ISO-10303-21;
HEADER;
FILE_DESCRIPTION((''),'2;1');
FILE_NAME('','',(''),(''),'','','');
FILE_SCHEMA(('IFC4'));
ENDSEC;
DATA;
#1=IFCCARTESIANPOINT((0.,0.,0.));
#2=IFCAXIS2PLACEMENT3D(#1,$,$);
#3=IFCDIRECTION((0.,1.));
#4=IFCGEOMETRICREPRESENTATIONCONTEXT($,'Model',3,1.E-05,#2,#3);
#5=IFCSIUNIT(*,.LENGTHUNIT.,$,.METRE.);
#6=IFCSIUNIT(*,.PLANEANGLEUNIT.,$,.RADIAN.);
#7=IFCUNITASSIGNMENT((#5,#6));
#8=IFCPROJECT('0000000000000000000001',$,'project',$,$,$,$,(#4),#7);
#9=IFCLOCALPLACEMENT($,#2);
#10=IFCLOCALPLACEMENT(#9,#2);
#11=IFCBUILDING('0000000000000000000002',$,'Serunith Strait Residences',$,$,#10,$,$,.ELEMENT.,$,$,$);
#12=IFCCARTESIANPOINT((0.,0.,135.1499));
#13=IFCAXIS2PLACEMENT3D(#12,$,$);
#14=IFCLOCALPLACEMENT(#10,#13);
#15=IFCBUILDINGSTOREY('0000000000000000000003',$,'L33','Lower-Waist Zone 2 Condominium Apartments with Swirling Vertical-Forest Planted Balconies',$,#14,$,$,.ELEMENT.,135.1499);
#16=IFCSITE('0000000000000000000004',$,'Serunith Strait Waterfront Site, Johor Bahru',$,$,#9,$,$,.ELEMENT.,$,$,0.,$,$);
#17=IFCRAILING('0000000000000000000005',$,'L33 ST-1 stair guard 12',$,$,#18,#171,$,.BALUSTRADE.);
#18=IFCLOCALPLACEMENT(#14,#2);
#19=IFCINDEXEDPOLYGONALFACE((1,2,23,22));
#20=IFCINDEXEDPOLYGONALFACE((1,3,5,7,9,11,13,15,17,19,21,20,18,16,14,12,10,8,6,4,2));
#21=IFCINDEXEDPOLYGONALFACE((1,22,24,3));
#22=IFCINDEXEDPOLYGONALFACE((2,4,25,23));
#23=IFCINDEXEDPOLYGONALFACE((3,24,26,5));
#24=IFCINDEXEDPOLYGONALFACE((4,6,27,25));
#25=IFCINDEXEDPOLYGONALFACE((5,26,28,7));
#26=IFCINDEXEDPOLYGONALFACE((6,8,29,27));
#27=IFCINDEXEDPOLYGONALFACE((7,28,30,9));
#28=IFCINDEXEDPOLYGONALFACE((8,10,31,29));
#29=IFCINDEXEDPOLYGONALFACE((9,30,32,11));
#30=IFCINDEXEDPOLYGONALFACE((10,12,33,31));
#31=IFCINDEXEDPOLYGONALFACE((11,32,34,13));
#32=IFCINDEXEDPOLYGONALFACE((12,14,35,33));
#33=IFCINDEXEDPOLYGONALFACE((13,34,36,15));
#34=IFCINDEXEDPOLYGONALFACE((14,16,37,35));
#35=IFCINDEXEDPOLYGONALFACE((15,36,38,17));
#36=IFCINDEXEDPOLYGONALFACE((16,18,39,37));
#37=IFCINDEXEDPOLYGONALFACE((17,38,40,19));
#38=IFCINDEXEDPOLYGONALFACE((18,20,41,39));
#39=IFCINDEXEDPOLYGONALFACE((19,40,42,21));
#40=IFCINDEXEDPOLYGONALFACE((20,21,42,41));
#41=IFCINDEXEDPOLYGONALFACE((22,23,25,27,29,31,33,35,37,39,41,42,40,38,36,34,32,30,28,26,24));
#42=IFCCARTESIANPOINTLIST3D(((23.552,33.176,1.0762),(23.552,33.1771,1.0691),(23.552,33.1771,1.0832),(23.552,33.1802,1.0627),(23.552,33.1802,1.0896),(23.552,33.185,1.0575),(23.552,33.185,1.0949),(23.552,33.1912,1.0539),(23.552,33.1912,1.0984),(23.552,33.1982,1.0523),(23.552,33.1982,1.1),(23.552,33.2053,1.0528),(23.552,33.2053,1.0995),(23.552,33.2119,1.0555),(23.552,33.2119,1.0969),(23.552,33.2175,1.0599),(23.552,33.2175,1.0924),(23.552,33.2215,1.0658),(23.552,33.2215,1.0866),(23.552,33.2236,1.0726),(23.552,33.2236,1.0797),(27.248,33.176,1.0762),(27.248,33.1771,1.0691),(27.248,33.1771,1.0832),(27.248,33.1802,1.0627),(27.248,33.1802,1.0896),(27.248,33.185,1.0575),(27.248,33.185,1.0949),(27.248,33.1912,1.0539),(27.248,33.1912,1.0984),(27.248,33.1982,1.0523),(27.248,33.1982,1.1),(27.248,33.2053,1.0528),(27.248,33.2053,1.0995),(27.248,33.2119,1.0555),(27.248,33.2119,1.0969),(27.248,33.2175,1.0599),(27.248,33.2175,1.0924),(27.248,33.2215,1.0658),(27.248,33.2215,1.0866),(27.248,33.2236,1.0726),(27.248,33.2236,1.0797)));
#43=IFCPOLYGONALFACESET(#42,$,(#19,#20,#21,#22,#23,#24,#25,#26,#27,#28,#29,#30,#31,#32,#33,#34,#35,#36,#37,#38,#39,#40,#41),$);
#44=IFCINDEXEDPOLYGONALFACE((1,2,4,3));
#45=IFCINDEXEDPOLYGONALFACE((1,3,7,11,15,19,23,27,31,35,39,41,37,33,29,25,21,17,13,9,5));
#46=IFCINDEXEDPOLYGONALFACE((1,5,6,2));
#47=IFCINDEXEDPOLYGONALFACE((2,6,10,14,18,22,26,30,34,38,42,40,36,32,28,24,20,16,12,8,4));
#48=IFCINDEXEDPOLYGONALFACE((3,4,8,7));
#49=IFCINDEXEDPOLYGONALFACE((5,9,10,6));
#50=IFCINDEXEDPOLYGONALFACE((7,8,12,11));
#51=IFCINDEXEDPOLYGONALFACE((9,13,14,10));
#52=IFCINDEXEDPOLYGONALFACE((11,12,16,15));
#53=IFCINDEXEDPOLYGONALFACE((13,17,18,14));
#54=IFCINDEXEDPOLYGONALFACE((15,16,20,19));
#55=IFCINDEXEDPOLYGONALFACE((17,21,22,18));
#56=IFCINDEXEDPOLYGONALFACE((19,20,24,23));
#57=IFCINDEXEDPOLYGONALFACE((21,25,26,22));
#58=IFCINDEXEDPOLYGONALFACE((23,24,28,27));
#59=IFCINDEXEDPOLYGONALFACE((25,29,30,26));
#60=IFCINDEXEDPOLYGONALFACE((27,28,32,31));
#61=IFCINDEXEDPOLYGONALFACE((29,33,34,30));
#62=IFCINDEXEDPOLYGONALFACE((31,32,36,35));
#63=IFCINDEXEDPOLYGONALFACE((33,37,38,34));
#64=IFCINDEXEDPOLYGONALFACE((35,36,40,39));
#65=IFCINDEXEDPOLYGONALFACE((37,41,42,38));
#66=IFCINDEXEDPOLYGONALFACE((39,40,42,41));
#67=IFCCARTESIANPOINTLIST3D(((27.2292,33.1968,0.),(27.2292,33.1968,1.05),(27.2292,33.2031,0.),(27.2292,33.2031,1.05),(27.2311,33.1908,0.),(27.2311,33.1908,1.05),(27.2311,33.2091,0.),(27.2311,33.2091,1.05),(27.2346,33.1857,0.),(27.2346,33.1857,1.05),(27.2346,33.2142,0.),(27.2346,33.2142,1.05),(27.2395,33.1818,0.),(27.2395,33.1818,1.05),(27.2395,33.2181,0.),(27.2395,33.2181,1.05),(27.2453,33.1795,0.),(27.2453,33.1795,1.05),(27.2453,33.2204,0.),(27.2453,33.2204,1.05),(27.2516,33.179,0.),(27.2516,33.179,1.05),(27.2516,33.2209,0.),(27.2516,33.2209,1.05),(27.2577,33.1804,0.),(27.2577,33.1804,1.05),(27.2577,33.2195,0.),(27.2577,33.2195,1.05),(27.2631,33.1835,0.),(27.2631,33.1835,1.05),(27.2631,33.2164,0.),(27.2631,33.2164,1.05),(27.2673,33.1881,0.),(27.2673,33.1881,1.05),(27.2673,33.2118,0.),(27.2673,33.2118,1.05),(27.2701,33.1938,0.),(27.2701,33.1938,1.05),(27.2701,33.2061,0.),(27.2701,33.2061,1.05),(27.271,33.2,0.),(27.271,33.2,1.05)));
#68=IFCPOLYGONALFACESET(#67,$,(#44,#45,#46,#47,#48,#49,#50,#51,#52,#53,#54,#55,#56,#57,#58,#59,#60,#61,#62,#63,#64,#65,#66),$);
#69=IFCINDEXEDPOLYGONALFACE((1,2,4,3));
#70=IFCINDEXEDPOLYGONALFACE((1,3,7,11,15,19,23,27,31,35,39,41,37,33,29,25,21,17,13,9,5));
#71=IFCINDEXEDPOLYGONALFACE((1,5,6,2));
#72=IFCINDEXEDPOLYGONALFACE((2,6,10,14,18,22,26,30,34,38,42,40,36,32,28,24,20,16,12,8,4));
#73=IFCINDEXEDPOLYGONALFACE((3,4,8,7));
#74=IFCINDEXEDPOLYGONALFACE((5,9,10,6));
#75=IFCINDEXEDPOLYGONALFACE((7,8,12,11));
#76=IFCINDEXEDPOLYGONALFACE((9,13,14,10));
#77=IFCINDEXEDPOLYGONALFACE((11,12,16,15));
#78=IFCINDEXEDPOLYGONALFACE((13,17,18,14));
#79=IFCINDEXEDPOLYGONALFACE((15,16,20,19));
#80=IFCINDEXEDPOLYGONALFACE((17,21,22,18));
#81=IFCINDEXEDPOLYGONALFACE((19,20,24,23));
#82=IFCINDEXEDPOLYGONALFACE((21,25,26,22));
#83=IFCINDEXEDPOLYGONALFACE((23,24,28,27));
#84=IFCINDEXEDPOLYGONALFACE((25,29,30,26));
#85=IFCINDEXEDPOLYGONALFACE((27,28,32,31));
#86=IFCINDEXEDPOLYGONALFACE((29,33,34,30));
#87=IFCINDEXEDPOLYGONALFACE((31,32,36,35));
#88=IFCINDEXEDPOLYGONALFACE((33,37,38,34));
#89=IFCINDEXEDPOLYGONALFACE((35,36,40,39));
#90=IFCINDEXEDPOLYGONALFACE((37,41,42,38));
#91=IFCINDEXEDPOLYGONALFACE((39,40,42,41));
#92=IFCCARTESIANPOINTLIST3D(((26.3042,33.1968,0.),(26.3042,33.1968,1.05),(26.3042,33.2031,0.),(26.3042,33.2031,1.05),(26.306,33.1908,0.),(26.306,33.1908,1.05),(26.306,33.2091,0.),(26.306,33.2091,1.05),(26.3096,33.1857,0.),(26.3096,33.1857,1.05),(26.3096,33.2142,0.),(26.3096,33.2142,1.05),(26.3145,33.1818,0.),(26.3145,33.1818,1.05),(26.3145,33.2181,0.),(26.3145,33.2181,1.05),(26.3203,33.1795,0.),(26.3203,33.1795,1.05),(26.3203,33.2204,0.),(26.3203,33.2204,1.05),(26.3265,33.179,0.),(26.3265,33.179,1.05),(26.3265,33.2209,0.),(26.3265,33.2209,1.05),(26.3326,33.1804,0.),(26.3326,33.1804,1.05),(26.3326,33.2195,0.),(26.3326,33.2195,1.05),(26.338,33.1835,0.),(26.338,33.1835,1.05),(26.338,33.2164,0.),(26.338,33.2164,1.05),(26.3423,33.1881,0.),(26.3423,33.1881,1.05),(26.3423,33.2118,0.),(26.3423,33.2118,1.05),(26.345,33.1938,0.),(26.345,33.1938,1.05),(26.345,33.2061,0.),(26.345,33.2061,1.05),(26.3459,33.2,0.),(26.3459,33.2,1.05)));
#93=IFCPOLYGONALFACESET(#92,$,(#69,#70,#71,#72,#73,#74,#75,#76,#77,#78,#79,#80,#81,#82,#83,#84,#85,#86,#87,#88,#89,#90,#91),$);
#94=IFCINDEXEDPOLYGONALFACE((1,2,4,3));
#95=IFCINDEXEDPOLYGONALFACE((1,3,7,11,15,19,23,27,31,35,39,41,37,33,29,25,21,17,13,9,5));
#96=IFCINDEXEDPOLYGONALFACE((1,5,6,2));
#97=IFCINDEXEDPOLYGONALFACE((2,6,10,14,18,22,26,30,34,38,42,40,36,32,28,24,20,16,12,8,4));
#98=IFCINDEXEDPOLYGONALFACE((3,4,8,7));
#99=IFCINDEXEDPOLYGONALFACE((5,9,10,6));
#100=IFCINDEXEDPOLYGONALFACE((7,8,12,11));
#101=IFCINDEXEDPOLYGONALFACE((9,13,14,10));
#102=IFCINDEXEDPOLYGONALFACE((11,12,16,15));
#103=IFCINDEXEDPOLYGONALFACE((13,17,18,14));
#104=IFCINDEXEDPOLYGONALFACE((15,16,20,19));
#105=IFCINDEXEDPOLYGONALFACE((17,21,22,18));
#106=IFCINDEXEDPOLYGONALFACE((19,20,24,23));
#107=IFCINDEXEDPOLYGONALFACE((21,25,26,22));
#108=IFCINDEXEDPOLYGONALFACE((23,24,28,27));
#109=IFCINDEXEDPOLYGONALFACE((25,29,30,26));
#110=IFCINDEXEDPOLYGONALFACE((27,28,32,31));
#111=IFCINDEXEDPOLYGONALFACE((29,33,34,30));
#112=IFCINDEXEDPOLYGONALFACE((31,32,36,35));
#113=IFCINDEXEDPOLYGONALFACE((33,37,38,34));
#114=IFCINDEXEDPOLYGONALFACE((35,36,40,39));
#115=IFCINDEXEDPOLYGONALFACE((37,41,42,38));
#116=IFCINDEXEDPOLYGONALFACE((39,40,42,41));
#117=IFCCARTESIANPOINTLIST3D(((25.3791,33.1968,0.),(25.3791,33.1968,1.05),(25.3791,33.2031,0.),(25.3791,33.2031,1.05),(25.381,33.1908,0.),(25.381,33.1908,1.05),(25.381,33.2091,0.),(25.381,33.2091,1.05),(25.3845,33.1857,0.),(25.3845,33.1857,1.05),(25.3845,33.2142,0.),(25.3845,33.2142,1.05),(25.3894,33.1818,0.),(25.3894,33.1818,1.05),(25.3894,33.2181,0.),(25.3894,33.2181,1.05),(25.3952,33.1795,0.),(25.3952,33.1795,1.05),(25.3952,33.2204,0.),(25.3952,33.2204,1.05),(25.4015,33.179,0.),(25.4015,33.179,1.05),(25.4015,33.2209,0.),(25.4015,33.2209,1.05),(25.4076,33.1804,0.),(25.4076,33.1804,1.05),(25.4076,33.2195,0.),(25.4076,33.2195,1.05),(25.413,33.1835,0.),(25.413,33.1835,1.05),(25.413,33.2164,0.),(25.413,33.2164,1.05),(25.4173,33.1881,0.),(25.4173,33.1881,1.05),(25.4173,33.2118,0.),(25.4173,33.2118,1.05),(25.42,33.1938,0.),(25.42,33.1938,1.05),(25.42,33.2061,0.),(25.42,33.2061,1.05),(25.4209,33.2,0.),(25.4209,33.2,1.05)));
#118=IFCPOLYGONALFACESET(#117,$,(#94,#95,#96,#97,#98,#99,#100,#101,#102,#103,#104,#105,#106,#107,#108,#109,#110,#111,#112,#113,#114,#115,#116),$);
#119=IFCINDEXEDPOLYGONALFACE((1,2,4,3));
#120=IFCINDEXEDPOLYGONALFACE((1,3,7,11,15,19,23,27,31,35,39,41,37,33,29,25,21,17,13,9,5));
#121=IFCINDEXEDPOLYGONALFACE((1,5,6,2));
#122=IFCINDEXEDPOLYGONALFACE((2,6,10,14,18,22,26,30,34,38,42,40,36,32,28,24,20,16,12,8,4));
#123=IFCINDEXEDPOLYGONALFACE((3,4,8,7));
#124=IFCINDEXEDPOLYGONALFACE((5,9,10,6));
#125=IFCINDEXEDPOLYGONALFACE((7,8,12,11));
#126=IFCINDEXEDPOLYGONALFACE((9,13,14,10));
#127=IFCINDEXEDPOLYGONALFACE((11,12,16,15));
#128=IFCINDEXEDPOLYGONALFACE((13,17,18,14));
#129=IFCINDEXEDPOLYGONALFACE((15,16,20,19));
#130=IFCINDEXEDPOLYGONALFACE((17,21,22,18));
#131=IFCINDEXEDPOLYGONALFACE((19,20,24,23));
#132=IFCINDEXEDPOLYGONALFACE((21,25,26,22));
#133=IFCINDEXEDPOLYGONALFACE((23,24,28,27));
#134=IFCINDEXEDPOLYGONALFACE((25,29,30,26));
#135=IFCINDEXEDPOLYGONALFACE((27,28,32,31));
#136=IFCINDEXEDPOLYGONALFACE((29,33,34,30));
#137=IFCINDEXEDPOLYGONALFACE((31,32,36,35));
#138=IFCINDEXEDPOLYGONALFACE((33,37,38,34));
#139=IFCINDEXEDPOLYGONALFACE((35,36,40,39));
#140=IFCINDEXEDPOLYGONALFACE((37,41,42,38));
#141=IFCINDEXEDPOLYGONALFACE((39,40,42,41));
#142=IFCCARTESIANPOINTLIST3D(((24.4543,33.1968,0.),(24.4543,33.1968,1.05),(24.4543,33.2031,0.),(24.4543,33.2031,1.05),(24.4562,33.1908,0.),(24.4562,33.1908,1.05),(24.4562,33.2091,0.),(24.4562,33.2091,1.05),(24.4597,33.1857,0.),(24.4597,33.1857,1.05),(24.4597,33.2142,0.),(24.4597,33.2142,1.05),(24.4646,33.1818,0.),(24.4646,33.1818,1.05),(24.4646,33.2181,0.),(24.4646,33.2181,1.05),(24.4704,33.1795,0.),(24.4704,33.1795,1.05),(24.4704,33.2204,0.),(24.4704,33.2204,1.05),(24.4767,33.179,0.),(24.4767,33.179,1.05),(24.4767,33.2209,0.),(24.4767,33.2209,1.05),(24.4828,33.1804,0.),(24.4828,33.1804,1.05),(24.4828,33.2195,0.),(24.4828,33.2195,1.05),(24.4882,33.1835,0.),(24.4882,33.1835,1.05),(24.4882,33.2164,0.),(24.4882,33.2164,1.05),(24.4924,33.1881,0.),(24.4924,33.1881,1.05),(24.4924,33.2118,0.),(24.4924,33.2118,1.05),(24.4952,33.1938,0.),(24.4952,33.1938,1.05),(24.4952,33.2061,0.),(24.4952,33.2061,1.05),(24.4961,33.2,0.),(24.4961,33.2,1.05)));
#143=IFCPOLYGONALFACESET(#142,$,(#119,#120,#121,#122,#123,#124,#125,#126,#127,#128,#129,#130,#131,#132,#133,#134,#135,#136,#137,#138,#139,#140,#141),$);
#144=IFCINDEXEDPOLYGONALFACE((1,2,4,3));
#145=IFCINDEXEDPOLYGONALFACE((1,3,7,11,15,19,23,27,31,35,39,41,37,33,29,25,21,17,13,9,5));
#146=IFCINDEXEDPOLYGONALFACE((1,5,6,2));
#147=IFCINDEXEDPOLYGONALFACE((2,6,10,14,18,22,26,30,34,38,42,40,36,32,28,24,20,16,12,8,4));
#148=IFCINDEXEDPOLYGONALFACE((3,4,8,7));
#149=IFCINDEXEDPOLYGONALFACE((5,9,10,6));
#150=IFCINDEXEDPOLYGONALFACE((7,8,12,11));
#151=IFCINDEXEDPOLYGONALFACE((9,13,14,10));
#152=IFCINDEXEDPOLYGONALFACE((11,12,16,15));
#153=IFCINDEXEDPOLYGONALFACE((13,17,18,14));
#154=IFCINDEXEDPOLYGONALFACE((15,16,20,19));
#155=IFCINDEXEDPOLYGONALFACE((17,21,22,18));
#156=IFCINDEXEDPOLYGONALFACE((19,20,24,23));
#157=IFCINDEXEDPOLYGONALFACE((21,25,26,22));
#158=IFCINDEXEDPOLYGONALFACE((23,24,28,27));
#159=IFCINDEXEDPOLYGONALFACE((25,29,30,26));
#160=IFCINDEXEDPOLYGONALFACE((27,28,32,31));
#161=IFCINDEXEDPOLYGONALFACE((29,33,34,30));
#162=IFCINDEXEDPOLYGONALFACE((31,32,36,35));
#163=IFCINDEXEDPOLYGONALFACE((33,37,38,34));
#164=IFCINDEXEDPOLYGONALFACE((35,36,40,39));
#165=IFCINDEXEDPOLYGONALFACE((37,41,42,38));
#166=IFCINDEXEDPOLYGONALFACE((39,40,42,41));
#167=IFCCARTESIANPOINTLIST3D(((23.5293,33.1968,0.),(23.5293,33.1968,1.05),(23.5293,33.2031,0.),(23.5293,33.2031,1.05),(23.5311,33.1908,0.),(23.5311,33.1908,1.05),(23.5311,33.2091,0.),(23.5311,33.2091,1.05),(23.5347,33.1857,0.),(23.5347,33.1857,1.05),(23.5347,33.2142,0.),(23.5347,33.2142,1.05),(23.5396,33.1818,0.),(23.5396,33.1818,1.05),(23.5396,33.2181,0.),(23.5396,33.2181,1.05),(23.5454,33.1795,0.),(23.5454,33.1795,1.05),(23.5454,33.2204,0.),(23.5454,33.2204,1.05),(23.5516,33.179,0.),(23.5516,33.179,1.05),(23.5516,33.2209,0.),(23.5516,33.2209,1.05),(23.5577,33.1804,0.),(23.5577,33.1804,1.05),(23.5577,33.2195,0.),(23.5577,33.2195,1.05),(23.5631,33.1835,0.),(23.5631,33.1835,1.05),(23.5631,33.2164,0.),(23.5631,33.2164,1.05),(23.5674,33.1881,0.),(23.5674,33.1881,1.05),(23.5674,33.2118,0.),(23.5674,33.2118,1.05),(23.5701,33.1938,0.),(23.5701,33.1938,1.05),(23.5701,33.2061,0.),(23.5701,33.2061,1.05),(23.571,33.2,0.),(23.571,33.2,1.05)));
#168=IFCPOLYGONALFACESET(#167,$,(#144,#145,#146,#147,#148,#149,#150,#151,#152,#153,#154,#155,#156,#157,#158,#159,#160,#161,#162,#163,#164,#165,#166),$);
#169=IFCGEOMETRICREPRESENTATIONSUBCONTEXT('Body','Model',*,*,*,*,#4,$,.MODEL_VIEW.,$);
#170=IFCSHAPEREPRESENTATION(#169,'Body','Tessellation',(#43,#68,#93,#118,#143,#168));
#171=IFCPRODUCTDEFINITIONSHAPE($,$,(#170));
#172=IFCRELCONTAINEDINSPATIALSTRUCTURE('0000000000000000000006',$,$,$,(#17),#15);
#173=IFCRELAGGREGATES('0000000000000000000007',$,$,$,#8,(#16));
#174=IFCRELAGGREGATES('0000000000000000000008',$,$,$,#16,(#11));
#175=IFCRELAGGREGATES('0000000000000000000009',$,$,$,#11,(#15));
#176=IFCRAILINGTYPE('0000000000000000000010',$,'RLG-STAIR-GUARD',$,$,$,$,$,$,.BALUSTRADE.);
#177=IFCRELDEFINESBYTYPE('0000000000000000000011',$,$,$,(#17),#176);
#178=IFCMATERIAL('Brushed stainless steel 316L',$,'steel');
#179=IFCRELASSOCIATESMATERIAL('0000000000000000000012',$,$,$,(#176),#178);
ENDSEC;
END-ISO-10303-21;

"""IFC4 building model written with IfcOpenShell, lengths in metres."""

from ifc_helpers import new_model, si_unit, direction, frame, origin, origin_2d, place, context, subcontext, project, spatial, circle, extrude, material, type_object, element, save


model = new_model("IFC4")

# Units and contexts
model_context = context("Model", 3, precision=1e-05, world=origin(), true_north=direction((0.0, 1.0)))
body_context = subcontext(model_context, "Body", "Model", "MODEL_VIEW")
ifc_project = project(units=[si_unit("LENGTHUNIT", "METRE"), si_unit("PLANEANGLEUNIT", "RADIAN")], contexts=[model_context])

# Site, building, storey
site_placement = place(None, origin())
site = spatial("IfcSite", under=ifc_project, at=site_placement, Name="Serunith Strait Waterfront Site, Johor Bahru", CompositionType="ELEMENT", RefElevation=0.0)
building_placement = place(site_placement, origin())
building = spatial("IfcBuilding", under=site, at=building_placement, Name="Serunith Strait Residences", CompositionType="ELEMENT")
storey_placement = place(building_placement, frame((0.0, 0.0, 135.1499)))
storey = spatial("IfcBuildingStorey", under=building, at=storey_placement, Name="L33", Description="Lower-Waist Zone 2 Condominium Apartments with Swirling Vertical-Forest Planted Balconies", CompositionType="ELEMENT", Elevation=135.1499)

# Railing
ifc_material_1 = material(Name="Brushed stainless steel 316L", Category="steel")
railing_type_1 = type_object("IfcRailingType", Name="RLG-STAIR-GUARD", PredefinedType="BALUSTRADE", material=ifc_material_1)
railing_1_placement = place(storey_placement, frame((27.25, 33.2, 0.0)))
element("IfcRailing", 1, at=railing_1_placement, inside=storey, type_object=railing_type_1, Name="L33 ST-1 stair guard 12", PredefinedType="BALUSTRADE", context=body_context, shape_type="SweptSolid", body=[
    extrude(circle(Radius=0.0239, at=origin_2d()), frame((-0.002, 0.0, 1.0762), z_axis=(-1.0, 0.0, 0.0), x_axis=(0.0, -1.0, 0.0)), (0.0, 0.0, 1.0), 3.696),
    extrude(circle(Radius=0.021, at=origin_2d()), origin(), (0.0, 0.0, 1.0), 1.05),
    extrude(circle(Radius=0.021, at=origin_2d()), frame((-0.925, 0.0, 0.0)), (0.0, 0.0, 1.0), 1.05),
    extrude(circle(Radius=0.021, at=origin_2d()), frame((-1.8501, 0.0, 0.0)), (0.0, 0.0, 1.0), 1.05),
    extrude(circle(Radius=0.021, at=origin_2d()), frame((-2.7749, 0.0, 0.0)), (0.0, 0.0, 1.0), 1.05),
    extrude(circle(Radius=0.021, at=origin_2d()), frame((-3.7, 0.0, 0.0)), (0.0, 0.0, 1.0), 1.05),
])

save(model, "model.ifc")
